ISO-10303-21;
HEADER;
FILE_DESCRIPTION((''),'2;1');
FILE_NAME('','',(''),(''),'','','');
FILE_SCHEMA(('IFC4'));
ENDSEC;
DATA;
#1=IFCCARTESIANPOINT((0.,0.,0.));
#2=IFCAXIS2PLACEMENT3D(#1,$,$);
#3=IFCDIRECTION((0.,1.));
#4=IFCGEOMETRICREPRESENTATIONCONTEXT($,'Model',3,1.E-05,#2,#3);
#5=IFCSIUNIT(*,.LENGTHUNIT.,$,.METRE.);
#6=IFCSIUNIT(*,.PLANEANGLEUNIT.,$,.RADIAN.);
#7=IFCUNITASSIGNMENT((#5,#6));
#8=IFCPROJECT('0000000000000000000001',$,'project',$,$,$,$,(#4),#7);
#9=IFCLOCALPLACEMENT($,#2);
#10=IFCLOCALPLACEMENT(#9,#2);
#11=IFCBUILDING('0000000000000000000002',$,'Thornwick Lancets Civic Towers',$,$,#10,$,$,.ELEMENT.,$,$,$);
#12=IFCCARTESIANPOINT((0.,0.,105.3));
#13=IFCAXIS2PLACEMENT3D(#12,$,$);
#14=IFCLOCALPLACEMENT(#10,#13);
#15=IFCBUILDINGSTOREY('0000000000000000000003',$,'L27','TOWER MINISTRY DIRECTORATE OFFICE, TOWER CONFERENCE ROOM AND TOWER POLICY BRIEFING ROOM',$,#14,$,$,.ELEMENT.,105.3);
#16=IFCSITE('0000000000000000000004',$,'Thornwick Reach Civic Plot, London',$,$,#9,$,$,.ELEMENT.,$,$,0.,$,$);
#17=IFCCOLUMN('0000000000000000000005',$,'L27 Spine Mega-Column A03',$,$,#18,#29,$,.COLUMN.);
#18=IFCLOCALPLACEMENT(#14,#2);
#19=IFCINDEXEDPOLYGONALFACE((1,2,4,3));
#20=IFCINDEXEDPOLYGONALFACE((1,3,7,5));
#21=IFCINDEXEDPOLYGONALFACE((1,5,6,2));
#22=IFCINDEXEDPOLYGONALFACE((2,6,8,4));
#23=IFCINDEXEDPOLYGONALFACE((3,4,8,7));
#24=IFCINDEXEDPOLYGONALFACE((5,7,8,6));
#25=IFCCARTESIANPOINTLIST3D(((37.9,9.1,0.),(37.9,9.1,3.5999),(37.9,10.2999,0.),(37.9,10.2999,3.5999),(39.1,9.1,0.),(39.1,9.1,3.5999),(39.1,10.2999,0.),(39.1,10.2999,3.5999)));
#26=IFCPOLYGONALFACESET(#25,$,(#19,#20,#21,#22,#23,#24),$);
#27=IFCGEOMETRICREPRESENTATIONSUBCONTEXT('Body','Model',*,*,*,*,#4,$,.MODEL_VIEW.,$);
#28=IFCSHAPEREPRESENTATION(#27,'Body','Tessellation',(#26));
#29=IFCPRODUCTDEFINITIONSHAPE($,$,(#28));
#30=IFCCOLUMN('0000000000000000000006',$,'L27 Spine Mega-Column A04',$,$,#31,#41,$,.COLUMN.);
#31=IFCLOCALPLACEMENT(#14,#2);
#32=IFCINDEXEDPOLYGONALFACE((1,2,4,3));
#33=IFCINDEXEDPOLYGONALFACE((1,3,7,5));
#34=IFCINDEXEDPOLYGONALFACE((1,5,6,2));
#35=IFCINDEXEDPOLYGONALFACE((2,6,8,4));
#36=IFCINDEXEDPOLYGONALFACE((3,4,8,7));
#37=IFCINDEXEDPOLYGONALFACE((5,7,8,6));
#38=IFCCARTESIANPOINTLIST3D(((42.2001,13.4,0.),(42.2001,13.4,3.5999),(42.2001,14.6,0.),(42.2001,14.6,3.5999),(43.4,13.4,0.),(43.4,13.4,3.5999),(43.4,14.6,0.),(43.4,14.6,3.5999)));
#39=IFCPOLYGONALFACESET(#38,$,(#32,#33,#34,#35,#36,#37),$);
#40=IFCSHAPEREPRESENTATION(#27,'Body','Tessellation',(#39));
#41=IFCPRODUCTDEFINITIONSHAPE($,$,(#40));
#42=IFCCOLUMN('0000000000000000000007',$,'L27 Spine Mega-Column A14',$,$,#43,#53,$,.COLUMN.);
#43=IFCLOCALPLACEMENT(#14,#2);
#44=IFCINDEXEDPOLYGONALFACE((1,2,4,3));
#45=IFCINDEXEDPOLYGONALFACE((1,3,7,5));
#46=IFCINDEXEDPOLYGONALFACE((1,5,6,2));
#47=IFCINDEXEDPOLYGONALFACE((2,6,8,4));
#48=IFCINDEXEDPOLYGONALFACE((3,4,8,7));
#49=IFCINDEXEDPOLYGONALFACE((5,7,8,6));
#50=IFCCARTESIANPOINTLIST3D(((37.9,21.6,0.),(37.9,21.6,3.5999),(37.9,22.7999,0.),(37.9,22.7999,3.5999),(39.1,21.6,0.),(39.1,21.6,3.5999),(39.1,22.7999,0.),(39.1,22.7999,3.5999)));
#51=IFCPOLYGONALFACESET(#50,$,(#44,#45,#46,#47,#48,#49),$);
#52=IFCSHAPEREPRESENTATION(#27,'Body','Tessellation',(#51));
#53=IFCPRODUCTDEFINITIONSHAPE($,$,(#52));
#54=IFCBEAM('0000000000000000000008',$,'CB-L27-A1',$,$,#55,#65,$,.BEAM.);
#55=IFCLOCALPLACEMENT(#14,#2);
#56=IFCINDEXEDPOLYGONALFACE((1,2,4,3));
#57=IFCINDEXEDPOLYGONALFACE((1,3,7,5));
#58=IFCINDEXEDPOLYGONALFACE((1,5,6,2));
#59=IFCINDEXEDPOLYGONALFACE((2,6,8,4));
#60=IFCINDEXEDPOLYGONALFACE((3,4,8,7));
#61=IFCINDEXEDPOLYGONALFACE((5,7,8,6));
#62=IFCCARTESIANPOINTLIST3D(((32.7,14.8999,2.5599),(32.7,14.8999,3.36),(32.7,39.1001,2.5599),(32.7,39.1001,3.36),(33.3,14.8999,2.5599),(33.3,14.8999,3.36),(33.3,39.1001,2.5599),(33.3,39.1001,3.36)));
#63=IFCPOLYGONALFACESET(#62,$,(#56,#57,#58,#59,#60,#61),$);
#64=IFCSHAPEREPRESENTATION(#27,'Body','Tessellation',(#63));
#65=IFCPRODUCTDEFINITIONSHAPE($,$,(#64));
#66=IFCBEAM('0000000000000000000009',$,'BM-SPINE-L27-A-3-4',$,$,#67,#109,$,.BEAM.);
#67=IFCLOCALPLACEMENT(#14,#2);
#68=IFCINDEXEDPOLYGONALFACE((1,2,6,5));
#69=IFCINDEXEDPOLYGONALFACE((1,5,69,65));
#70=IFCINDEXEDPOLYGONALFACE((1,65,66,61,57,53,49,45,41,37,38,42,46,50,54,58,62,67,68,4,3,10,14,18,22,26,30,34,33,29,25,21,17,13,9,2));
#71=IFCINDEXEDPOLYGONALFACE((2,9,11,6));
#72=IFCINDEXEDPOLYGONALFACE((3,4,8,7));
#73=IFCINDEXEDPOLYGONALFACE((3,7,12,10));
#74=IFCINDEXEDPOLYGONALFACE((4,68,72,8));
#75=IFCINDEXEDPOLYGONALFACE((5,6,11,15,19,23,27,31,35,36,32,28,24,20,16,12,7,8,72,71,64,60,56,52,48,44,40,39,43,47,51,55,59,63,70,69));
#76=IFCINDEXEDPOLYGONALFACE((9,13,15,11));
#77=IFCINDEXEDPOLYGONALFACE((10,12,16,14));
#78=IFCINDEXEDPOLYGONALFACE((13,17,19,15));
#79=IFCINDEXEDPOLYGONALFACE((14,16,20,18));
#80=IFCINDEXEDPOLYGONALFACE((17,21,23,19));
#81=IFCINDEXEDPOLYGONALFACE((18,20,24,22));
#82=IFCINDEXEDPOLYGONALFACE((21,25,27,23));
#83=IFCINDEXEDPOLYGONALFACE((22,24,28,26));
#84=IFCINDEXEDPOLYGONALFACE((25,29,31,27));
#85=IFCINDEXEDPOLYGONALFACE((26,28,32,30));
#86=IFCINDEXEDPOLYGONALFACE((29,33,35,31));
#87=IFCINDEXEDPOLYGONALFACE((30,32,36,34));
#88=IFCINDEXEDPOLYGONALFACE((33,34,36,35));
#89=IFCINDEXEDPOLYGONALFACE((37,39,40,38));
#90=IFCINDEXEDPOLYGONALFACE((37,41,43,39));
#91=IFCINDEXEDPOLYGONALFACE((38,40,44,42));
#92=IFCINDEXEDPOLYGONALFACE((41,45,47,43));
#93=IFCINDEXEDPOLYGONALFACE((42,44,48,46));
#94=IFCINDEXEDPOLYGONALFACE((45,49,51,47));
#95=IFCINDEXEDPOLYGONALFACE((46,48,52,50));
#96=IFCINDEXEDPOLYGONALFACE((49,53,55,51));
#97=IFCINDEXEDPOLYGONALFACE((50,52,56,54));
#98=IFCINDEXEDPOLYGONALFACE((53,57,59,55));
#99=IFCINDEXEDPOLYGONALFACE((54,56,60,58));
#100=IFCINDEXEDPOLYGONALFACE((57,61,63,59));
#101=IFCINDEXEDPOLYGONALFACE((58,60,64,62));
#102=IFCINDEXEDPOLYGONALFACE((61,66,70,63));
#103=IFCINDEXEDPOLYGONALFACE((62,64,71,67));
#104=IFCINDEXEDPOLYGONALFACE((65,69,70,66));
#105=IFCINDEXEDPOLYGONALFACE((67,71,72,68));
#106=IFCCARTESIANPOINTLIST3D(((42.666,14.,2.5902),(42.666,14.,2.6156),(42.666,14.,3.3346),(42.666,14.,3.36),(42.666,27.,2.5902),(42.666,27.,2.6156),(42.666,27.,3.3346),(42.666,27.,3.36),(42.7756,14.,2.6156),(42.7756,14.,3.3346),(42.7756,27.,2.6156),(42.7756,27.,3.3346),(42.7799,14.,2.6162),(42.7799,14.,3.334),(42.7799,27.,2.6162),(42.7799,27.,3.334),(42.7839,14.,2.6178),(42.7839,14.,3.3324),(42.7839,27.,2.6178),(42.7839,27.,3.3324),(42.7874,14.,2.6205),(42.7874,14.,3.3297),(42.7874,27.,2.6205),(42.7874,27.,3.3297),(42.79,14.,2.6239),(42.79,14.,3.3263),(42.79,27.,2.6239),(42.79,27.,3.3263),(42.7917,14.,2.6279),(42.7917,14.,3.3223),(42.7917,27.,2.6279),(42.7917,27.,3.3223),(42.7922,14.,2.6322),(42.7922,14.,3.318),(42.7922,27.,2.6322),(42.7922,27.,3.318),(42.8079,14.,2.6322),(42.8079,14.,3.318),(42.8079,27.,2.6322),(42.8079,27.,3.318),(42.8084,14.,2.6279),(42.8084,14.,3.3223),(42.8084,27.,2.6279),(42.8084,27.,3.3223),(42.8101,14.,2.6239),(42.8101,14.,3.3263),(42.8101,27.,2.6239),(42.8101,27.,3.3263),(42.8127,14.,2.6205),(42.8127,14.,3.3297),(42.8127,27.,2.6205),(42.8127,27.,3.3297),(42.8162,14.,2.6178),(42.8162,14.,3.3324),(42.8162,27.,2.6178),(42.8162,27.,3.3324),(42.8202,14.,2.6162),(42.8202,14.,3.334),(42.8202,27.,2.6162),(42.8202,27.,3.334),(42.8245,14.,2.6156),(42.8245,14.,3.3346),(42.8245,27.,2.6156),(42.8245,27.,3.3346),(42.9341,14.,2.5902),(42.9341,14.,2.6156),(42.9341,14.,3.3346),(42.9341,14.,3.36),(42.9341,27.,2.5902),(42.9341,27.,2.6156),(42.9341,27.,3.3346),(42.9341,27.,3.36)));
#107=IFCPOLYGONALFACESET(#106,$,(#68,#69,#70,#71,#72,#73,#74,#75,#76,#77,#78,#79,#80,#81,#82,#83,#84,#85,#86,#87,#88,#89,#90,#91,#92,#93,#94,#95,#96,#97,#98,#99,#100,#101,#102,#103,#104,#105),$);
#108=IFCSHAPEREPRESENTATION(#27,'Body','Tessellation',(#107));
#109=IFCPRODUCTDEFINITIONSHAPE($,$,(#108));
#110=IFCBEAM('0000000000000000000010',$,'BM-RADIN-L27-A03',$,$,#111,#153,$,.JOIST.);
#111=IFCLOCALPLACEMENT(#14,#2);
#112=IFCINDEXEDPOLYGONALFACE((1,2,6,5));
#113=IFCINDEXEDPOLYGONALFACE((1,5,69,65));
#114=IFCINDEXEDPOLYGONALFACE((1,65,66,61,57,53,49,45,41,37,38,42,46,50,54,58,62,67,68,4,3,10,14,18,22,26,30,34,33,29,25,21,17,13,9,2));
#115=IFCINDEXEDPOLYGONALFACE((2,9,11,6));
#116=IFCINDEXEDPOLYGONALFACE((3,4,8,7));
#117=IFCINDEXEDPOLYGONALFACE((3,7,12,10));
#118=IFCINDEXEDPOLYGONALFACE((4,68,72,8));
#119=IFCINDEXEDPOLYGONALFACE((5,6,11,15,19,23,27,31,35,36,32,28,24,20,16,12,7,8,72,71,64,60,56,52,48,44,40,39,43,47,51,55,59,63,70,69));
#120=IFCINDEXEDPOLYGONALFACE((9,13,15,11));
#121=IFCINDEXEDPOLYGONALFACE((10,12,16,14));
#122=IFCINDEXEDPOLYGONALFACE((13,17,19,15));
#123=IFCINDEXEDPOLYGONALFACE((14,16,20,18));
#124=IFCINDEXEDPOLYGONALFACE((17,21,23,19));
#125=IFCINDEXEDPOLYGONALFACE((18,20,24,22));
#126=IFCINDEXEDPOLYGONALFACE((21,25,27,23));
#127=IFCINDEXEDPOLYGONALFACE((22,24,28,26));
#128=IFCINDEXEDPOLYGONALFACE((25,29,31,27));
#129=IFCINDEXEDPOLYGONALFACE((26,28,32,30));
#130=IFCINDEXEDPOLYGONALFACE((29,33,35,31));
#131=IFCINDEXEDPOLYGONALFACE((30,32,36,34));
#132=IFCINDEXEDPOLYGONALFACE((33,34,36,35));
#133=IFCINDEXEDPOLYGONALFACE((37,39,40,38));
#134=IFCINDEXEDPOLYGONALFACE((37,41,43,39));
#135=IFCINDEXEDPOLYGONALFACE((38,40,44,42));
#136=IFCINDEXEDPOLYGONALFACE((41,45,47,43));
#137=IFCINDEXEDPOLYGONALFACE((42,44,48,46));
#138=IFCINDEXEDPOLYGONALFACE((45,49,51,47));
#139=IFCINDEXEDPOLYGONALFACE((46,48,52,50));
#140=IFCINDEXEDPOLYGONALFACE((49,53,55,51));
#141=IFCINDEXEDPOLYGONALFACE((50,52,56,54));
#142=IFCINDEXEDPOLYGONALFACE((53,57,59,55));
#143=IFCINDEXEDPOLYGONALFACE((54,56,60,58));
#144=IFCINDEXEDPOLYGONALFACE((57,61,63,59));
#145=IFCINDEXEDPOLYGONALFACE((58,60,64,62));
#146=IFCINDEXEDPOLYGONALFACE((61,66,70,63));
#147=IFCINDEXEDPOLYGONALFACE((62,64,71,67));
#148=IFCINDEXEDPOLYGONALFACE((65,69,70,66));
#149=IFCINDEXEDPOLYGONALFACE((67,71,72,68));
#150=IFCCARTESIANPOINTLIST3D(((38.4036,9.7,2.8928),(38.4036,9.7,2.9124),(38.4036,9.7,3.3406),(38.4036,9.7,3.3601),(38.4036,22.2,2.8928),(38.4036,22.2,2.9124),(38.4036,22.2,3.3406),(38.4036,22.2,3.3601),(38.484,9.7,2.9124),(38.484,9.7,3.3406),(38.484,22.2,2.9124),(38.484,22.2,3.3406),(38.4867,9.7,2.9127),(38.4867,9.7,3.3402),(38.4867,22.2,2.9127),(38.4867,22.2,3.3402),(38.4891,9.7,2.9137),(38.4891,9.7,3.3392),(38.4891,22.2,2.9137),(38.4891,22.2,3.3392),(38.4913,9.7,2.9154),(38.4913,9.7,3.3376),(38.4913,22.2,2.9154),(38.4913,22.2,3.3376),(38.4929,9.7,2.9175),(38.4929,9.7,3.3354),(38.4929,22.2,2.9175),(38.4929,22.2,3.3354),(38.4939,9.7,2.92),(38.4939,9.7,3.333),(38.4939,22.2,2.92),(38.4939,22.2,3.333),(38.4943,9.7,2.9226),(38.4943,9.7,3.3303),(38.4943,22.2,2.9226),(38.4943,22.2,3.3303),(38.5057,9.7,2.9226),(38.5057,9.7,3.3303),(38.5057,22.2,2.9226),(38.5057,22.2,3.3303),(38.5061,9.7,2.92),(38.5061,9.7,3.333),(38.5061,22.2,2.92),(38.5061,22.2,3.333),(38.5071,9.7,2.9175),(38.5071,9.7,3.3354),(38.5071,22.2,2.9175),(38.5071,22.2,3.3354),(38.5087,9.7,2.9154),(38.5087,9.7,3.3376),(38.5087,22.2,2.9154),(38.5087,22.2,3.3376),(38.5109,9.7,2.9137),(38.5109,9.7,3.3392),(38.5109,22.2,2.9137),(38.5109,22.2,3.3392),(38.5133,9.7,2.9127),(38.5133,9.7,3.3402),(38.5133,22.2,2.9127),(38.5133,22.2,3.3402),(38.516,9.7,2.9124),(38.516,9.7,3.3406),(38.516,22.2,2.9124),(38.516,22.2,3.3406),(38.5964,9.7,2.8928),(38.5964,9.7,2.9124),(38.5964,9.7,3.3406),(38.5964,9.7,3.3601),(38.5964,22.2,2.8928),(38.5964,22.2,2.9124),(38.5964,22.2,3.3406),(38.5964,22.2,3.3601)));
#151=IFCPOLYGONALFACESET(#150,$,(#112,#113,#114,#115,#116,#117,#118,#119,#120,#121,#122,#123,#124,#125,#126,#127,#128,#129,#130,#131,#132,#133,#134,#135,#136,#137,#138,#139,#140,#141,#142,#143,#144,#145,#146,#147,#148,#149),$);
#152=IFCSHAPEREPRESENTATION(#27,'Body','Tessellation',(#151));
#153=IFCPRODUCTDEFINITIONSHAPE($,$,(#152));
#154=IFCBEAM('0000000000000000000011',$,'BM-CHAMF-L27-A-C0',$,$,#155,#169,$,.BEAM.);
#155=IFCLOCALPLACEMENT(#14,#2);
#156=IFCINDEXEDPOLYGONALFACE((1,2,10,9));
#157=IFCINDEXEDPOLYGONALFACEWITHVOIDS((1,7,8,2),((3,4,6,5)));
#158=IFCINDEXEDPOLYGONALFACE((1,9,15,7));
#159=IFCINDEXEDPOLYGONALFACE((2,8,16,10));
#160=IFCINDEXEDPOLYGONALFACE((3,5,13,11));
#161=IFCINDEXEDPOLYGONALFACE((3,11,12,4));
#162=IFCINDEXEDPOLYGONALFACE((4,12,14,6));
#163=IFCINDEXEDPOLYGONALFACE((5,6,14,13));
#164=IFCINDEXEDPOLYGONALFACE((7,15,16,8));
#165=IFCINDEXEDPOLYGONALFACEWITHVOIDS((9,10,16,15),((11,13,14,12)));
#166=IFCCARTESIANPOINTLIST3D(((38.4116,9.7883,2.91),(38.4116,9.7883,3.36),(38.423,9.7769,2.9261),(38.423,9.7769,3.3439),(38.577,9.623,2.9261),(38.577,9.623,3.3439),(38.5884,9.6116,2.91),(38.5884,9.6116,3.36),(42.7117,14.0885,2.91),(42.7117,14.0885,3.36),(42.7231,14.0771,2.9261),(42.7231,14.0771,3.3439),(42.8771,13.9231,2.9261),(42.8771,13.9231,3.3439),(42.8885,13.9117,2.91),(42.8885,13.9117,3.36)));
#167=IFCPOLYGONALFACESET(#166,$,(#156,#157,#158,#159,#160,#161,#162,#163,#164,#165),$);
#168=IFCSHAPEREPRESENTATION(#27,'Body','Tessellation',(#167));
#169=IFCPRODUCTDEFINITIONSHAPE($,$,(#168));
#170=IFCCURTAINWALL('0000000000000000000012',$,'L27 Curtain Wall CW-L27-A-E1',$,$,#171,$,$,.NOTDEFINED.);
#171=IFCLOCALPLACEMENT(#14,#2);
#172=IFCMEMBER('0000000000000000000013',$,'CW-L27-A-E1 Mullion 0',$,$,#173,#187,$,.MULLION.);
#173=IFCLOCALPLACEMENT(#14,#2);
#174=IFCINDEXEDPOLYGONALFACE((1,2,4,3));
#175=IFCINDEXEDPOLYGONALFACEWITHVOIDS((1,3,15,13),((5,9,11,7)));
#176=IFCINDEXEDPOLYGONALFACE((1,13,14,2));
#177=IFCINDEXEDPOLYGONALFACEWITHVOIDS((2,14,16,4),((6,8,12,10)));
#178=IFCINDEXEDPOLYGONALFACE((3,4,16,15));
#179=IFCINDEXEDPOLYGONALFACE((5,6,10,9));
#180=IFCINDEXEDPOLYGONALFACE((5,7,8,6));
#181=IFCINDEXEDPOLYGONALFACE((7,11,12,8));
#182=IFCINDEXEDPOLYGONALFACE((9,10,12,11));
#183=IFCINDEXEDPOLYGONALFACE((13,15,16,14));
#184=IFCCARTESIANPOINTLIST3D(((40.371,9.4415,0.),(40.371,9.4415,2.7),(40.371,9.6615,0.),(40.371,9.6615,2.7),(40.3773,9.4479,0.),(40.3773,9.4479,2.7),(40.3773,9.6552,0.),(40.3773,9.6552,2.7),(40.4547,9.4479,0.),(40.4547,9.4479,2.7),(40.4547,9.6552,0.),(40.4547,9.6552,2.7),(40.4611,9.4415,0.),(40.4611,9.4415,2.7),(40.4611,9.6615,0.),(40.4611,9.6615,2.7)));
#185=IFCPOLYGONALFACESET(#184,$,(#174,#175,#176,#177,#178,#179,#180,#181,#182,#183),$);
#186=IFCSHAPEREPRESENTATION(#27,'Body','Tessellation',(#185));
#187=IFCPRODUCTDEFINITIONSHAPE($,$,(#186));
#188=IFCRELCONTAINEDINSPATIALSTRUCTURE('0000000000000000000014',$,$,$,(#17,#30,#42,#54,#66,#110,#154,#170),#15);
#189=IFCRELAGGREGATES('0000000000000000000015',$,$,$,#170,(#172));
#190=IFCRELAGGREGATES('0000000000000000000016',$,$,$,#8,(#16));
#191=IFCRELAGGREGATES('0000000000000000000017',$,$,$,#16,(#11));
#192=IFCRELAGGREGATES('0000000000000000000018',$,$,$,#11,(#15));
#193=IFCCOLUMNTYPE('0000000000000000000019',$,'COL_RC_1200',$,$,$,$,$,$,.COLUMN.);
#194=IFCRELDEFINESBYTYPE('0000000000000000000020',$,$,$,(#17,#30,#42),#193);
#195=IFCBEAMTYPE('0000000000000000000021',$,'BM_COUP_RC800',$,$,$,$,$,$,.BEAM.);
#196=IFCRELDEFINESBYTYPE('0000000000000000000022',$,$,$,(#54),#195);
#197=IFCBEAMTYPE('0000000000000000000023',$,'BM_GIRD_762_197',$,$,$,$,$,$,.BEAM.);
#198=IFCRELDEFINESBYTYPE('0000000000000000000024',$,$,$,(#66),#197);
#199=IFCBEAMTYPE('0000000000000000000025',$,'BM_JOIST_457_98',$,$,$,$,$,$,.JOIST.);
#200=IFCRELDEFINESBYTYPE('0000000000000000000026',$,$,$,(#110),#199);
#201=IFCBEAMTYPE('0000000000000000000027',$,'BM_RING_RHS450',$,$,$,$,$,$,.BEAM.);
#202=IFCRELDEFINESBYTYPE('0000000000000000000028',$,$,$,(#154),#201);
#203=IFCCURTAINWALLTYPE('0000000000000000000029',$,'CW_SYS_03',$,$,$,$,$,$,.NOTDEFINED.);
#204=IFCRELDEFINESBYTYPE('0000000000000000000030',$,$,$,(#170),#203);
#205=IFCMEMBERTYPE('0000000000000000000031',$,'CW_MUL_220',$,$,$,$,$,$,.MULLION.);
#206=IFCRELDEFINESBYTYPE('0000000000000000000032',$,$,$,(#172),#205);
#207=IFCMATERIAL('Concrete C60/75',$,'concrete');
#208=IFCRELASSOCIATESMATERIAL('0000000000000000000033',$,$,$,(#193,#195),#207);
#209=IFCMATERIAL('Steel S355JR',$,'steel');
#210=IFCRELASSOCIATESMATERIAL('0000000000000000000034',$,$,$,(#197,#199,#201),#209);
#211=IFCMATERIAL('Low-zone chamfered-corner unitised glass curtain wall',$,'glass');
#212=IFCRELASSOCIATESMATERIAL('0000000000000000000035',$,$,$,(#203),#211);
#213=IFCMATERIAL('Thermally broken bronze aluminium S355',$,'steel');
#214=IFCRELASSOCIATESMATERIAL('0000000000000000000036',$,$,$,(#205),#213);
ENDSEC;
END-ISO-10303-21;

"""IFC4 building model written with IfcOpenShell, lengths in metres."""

from ifc_helpers import new_model, si_unit, direction, frame, origin, origin_2d, place, context, subcontext, project, spatial, rectangle, hollow_rectangle, i_section, extrude, material, material_profile, profile_set, type_object, element, aggregate, save


model = new_model("IFC4")

# Units and contexts
model_context = context("Model", 3, precision=1e-05, world=origin(), true_north=direction((0.0, 1.0)))
body_context = subcontext(model_context, "Body", "Model", "MODEL_VIEW")
ifc_project = project(units=[si_unit("LENGTHUNIT", "METRE"), si_unit("PLANEANGLEUNIT", "RADIAN")], contexts=[model_context])

# Site, building, storey
site_placement = place(None, origin())
site = spatial("IfcSite", under=ifc_project, at=site_placement, Name="Thornwick Reach Civic Plot, London", CompositionType="ELEMENT", RefElevation=0.0)
building_placement = place(site_placement, origin())
building = spatial("IfcBuilding", under=site, at=building_placement, Name="Thornwick Lancets Civic Towers", CompositionType="ELEMENT")
storey_placement = place(building_placement, frame((0.0, 0.0, 105.3)))
storey = spatial("IfcBuildingStorey", under=building, at=storey_placement, Name="L27", Description="TOWER MINISTRY DIRECTORATE OFFICE, TOWER CONFERENCE ROOM AND TOWER POLICY BRIEFING ROOM", CompositionType="ELEMENT", Elevation=105.3)

# Columns
ifc_material_1 = material(Name="Concrete C60/75", Category="concrete")
ifc_material_profile_1 = material_profile(ifc_material_1, rectangle(XDim=1.2, YDim=1.2, at=origin_2d()), Name="RC 1200x1200")
ifc_profile_set_1 = profile_set([ifc_material_profile_1], Name="Concrete C60/75")
column_type = type_object("IfcColumnType", Name="COL_RC_1200", PredefinedType="COLUMN", material=ifc_profile_set_1)
for number, where, z_axis, x_axis, name in (
    (1, (38.5, 9.7, 0.0), (0.0, 0.0, 1.0), (1.0, 0.0, 0.0), "L27 Spine Mega-Column A03"),
    (2, (42.8, 14.0, 0.0), (0.0, 0.0, 1.0), (1.0, 0.0, 0.0), "L27 Spine Mega-Column A04"),
    (3, (38.5, 22.2, 0.0), (0.0, 0.0, 1.0), (1.0, 0.0, 0.0), "L27 Spine Mega-Column A14"),
):
    element("IfcColumn", number, at=place(storey_placement, frame(where, z_axis=z_axis, x_axis=x_axis)), inside=storey, type_object=column_type, Name=name, PredefinedType="COLUMN", context=body_context, shape_type="SweptSolid", body=[
        extrude(rectangle(XDim=1.2, YDim=1.2, at=origin_2d()), origin(), (0.0, 0.0, 1.0), 3.5999),
    ])

# Beams
ifc_material_profile_2 = material_profile(ifc_material_1, rectangle(XDim=0.6001, YDim=0.8, at=origin_2d()), Name="RC 600x800")
ifc_profile_set_2 = profile_set([ifc_material_profile_2], Name="Concrete C60/75")
beam_type_1 = type_object("IfcBeamType", Name="BM_COUP_RC800", PredefinedType="BEAM", material=ifc_profile_set_2)
beam_1_placement = place(storey_placement, frame((33.0, 14.8999, 2.96), z_axis=(0.0, 1.0, 0.0), x_axis=(-1.0, 0.0, 0.0)))
element("IfcBeam", 4, at=beam_1_placement, inside=storey, type_object=beam_type_1, Name="CB-L27-A1", PredefinedType="BEAM", context=body_context, shape_type="SweptSolid", body=[
    extrude(rectangle(XDim=0.6001, YDim=0.8, at=origin_2d()), origin(), (0.0, 0.0, 1.0), 24.2002),
])
ifc_material_2 = material(Name="Steel S355JR", Category="steel")
ifc_material_profile_3 = material_profile(ifc_material_2, i_section(OverallWidth=0.2681, OverallDepth=0.7698, WebThickness=0.0156, FlangeThickness=0.0254, FilletRadius=0.0166, at=origin_2d()), Name="UKB 762x267x197")
ifc_profile_set_3 = profile_set([ifc_material_profile_3], Name="Steel S355JR")
beam_type_2 = type_object("IfcBeamType", Name="BM_GIRD_762_197", PredefinedType="BEAM", material=ifc_profile_set_3)
beam_2_placement = place(storey_placement, frame((42.8, 14.0, 2.9751), z_axis=(0.0, 1.0, 0.0), x_axis=(-1.0, 0.0, 0.0)))
element("IfcBeam", 5, at=beam_2_placement, inside=storey, type_object=beam_type_2, Name="BM-SPINE-L27-A-3-4", PredefinedType="BEAM", context=body_context, shape_type="SweptSolid", body=[
    extrude(i_section(OverallWidth=0.2681, OverallDepth=0.7698, WebThickness=0.0156, FlangeThickness=0.0254, FilletRadius=0.0166, at=origin_2d()), origin(), (0.0, 0.0, 1.0), 13.0),
])
ifc_material_profile_4 = material_profile(ifc_material_2, i_section(OverallWidth=0.1929, OverallDepth=0.4673, WebThickness=0.0115, FlangeThickness=0.0195, FilletRadius=0.0103, at=origin_2d()), Name="UKB 457x191x98")
ifc_profile_set_4 = profile_set([ifc_material_profile_4], Name="Steel S355JR")
beam_type_3 = type_object("IfcBeamType", Name="BM_JOIST_457_98", PredefinedType="JOIST", material=ifc_profile_set_4)
beam_3_placement = place(storey_placement, frame((38.5, 22.2, 3.1265), z_axis=(0.0, -1.0, 0.0), x_axis=(1.0, 0.0, 0.0)))
element("IfcBeam", 6, at=beam_3_placement, inside=storey, type_object=beam_type_3, Name="BM-RADIN-L27-A03", PredefinedType="JOIST", context=body_context, shape_type="SweptSolid", body=[
    extrude(i_section(OverallWidth=0.1929, OverallDepth=0.4673, WebThickness=0.0115, FlangeThickness=0.0195, FilletRadius=0.0103, at=origin_2d()), origin(), (0.0, 0.0, 1.0), 12.5),
])
ifc_material_profile_5 = material_profile(ifc_material_2, hollow_rectangle(XDim=0.25, YDim=0.45, WallThickness=0.0161, at=origin_2d()), Name="RHS 450x250x16")
ifc_profile_set_5 = profile_set([ifc_material_profile_5], Name="Steel S355JR")
beam_type_4 = type_object("IfcBeamType", Name="BM_RING_RHS450", PredefinedType="BEAM", material=ifc_profile_set_5)
beam_4_placement = place(storey_placement, frame((38.5, 9.7, 3.135), z_axis=(0.707107, 0.707107, 0.0), x_axis=(-0.707107, 0.707107, 0.0)))
element("IfcBeam", 7, at=beam_4_placement, inside=storey, type_object=beam_type_4, Name="BM-CHAMF-L27-A-C0", PredefinedType="BEAM", context=body_context, shape_type="SweptSolid", body=[
    extrude(hollow_rectangle(XDim=0.25, YDim=0.45, WallThickness=0.0161, at=origin_2d()), origin(), (0.0, 0.0, 1.0), 6.0813),
])

# Curtain wall, member
ifc_material_3 = material(Name="Low-zone chamfered-corner unitised glass curtain wall", Category="glass")
curtain_wall_type = type_object("IfcCurtainWallType", Name="CW_SYS_03", PredefinedType="NOTDEFINED", material=ifc_material_3)
curtain_wall_placement = place(storey_placement, origin())
curtain_wall = element("IfcCurtainWall", 8, at=curtain_wall_placement, inside=storey, type_object=curtain_wall_type, Name="L27 Curtain Wall CW-L27-A-E1", PredefinedType="NOTDEFINED")
ifc_material_4 = material(Name="Thermally broken bronze aluminium S355", Category="steel")
ifc_material_profile_6 = material_profile(ifc_material_4, hollow_rectangle(XDim=0.0901, YDim=0.22, WallThickness=0.0063, at=origin_2d()), Name="RHS 220x90x6.3")
ifc_profile_set_6 = profile_set([ifc_material_profile_6], Name="Thermally broken bronze aluminium S355")
member_type_1 = type_object("IfcMemberType", Name="CW_MUL_220", PredefinedType="MULLION", material=ifc_profile_set_6)
member_1_placement = place(storey_placement, frame((40.416, 9.5515, 0.0), z_axis=(0.0, 0.0, 1.0), x_axis=(1.0, 0.0, 0.0)))
member_1 = element("IfcMember", 9, at=member_1_placement, type_object=member_type_1, Name="CW-L27-A-E1 Mullion 0", PredefinedType="MULLION", context=body_context, shape_type="SweptSolid", body=[
    extrude(hollow_rectangle(XDim=0.0901, YDim=0.22, WallThickness=0.0063, at=origin_2d()), origin(), (0.0, 0.0, 1.0), 2.7),
])
aggregate(curtain_wall, [member_1])

save(model, "model.ifc")
